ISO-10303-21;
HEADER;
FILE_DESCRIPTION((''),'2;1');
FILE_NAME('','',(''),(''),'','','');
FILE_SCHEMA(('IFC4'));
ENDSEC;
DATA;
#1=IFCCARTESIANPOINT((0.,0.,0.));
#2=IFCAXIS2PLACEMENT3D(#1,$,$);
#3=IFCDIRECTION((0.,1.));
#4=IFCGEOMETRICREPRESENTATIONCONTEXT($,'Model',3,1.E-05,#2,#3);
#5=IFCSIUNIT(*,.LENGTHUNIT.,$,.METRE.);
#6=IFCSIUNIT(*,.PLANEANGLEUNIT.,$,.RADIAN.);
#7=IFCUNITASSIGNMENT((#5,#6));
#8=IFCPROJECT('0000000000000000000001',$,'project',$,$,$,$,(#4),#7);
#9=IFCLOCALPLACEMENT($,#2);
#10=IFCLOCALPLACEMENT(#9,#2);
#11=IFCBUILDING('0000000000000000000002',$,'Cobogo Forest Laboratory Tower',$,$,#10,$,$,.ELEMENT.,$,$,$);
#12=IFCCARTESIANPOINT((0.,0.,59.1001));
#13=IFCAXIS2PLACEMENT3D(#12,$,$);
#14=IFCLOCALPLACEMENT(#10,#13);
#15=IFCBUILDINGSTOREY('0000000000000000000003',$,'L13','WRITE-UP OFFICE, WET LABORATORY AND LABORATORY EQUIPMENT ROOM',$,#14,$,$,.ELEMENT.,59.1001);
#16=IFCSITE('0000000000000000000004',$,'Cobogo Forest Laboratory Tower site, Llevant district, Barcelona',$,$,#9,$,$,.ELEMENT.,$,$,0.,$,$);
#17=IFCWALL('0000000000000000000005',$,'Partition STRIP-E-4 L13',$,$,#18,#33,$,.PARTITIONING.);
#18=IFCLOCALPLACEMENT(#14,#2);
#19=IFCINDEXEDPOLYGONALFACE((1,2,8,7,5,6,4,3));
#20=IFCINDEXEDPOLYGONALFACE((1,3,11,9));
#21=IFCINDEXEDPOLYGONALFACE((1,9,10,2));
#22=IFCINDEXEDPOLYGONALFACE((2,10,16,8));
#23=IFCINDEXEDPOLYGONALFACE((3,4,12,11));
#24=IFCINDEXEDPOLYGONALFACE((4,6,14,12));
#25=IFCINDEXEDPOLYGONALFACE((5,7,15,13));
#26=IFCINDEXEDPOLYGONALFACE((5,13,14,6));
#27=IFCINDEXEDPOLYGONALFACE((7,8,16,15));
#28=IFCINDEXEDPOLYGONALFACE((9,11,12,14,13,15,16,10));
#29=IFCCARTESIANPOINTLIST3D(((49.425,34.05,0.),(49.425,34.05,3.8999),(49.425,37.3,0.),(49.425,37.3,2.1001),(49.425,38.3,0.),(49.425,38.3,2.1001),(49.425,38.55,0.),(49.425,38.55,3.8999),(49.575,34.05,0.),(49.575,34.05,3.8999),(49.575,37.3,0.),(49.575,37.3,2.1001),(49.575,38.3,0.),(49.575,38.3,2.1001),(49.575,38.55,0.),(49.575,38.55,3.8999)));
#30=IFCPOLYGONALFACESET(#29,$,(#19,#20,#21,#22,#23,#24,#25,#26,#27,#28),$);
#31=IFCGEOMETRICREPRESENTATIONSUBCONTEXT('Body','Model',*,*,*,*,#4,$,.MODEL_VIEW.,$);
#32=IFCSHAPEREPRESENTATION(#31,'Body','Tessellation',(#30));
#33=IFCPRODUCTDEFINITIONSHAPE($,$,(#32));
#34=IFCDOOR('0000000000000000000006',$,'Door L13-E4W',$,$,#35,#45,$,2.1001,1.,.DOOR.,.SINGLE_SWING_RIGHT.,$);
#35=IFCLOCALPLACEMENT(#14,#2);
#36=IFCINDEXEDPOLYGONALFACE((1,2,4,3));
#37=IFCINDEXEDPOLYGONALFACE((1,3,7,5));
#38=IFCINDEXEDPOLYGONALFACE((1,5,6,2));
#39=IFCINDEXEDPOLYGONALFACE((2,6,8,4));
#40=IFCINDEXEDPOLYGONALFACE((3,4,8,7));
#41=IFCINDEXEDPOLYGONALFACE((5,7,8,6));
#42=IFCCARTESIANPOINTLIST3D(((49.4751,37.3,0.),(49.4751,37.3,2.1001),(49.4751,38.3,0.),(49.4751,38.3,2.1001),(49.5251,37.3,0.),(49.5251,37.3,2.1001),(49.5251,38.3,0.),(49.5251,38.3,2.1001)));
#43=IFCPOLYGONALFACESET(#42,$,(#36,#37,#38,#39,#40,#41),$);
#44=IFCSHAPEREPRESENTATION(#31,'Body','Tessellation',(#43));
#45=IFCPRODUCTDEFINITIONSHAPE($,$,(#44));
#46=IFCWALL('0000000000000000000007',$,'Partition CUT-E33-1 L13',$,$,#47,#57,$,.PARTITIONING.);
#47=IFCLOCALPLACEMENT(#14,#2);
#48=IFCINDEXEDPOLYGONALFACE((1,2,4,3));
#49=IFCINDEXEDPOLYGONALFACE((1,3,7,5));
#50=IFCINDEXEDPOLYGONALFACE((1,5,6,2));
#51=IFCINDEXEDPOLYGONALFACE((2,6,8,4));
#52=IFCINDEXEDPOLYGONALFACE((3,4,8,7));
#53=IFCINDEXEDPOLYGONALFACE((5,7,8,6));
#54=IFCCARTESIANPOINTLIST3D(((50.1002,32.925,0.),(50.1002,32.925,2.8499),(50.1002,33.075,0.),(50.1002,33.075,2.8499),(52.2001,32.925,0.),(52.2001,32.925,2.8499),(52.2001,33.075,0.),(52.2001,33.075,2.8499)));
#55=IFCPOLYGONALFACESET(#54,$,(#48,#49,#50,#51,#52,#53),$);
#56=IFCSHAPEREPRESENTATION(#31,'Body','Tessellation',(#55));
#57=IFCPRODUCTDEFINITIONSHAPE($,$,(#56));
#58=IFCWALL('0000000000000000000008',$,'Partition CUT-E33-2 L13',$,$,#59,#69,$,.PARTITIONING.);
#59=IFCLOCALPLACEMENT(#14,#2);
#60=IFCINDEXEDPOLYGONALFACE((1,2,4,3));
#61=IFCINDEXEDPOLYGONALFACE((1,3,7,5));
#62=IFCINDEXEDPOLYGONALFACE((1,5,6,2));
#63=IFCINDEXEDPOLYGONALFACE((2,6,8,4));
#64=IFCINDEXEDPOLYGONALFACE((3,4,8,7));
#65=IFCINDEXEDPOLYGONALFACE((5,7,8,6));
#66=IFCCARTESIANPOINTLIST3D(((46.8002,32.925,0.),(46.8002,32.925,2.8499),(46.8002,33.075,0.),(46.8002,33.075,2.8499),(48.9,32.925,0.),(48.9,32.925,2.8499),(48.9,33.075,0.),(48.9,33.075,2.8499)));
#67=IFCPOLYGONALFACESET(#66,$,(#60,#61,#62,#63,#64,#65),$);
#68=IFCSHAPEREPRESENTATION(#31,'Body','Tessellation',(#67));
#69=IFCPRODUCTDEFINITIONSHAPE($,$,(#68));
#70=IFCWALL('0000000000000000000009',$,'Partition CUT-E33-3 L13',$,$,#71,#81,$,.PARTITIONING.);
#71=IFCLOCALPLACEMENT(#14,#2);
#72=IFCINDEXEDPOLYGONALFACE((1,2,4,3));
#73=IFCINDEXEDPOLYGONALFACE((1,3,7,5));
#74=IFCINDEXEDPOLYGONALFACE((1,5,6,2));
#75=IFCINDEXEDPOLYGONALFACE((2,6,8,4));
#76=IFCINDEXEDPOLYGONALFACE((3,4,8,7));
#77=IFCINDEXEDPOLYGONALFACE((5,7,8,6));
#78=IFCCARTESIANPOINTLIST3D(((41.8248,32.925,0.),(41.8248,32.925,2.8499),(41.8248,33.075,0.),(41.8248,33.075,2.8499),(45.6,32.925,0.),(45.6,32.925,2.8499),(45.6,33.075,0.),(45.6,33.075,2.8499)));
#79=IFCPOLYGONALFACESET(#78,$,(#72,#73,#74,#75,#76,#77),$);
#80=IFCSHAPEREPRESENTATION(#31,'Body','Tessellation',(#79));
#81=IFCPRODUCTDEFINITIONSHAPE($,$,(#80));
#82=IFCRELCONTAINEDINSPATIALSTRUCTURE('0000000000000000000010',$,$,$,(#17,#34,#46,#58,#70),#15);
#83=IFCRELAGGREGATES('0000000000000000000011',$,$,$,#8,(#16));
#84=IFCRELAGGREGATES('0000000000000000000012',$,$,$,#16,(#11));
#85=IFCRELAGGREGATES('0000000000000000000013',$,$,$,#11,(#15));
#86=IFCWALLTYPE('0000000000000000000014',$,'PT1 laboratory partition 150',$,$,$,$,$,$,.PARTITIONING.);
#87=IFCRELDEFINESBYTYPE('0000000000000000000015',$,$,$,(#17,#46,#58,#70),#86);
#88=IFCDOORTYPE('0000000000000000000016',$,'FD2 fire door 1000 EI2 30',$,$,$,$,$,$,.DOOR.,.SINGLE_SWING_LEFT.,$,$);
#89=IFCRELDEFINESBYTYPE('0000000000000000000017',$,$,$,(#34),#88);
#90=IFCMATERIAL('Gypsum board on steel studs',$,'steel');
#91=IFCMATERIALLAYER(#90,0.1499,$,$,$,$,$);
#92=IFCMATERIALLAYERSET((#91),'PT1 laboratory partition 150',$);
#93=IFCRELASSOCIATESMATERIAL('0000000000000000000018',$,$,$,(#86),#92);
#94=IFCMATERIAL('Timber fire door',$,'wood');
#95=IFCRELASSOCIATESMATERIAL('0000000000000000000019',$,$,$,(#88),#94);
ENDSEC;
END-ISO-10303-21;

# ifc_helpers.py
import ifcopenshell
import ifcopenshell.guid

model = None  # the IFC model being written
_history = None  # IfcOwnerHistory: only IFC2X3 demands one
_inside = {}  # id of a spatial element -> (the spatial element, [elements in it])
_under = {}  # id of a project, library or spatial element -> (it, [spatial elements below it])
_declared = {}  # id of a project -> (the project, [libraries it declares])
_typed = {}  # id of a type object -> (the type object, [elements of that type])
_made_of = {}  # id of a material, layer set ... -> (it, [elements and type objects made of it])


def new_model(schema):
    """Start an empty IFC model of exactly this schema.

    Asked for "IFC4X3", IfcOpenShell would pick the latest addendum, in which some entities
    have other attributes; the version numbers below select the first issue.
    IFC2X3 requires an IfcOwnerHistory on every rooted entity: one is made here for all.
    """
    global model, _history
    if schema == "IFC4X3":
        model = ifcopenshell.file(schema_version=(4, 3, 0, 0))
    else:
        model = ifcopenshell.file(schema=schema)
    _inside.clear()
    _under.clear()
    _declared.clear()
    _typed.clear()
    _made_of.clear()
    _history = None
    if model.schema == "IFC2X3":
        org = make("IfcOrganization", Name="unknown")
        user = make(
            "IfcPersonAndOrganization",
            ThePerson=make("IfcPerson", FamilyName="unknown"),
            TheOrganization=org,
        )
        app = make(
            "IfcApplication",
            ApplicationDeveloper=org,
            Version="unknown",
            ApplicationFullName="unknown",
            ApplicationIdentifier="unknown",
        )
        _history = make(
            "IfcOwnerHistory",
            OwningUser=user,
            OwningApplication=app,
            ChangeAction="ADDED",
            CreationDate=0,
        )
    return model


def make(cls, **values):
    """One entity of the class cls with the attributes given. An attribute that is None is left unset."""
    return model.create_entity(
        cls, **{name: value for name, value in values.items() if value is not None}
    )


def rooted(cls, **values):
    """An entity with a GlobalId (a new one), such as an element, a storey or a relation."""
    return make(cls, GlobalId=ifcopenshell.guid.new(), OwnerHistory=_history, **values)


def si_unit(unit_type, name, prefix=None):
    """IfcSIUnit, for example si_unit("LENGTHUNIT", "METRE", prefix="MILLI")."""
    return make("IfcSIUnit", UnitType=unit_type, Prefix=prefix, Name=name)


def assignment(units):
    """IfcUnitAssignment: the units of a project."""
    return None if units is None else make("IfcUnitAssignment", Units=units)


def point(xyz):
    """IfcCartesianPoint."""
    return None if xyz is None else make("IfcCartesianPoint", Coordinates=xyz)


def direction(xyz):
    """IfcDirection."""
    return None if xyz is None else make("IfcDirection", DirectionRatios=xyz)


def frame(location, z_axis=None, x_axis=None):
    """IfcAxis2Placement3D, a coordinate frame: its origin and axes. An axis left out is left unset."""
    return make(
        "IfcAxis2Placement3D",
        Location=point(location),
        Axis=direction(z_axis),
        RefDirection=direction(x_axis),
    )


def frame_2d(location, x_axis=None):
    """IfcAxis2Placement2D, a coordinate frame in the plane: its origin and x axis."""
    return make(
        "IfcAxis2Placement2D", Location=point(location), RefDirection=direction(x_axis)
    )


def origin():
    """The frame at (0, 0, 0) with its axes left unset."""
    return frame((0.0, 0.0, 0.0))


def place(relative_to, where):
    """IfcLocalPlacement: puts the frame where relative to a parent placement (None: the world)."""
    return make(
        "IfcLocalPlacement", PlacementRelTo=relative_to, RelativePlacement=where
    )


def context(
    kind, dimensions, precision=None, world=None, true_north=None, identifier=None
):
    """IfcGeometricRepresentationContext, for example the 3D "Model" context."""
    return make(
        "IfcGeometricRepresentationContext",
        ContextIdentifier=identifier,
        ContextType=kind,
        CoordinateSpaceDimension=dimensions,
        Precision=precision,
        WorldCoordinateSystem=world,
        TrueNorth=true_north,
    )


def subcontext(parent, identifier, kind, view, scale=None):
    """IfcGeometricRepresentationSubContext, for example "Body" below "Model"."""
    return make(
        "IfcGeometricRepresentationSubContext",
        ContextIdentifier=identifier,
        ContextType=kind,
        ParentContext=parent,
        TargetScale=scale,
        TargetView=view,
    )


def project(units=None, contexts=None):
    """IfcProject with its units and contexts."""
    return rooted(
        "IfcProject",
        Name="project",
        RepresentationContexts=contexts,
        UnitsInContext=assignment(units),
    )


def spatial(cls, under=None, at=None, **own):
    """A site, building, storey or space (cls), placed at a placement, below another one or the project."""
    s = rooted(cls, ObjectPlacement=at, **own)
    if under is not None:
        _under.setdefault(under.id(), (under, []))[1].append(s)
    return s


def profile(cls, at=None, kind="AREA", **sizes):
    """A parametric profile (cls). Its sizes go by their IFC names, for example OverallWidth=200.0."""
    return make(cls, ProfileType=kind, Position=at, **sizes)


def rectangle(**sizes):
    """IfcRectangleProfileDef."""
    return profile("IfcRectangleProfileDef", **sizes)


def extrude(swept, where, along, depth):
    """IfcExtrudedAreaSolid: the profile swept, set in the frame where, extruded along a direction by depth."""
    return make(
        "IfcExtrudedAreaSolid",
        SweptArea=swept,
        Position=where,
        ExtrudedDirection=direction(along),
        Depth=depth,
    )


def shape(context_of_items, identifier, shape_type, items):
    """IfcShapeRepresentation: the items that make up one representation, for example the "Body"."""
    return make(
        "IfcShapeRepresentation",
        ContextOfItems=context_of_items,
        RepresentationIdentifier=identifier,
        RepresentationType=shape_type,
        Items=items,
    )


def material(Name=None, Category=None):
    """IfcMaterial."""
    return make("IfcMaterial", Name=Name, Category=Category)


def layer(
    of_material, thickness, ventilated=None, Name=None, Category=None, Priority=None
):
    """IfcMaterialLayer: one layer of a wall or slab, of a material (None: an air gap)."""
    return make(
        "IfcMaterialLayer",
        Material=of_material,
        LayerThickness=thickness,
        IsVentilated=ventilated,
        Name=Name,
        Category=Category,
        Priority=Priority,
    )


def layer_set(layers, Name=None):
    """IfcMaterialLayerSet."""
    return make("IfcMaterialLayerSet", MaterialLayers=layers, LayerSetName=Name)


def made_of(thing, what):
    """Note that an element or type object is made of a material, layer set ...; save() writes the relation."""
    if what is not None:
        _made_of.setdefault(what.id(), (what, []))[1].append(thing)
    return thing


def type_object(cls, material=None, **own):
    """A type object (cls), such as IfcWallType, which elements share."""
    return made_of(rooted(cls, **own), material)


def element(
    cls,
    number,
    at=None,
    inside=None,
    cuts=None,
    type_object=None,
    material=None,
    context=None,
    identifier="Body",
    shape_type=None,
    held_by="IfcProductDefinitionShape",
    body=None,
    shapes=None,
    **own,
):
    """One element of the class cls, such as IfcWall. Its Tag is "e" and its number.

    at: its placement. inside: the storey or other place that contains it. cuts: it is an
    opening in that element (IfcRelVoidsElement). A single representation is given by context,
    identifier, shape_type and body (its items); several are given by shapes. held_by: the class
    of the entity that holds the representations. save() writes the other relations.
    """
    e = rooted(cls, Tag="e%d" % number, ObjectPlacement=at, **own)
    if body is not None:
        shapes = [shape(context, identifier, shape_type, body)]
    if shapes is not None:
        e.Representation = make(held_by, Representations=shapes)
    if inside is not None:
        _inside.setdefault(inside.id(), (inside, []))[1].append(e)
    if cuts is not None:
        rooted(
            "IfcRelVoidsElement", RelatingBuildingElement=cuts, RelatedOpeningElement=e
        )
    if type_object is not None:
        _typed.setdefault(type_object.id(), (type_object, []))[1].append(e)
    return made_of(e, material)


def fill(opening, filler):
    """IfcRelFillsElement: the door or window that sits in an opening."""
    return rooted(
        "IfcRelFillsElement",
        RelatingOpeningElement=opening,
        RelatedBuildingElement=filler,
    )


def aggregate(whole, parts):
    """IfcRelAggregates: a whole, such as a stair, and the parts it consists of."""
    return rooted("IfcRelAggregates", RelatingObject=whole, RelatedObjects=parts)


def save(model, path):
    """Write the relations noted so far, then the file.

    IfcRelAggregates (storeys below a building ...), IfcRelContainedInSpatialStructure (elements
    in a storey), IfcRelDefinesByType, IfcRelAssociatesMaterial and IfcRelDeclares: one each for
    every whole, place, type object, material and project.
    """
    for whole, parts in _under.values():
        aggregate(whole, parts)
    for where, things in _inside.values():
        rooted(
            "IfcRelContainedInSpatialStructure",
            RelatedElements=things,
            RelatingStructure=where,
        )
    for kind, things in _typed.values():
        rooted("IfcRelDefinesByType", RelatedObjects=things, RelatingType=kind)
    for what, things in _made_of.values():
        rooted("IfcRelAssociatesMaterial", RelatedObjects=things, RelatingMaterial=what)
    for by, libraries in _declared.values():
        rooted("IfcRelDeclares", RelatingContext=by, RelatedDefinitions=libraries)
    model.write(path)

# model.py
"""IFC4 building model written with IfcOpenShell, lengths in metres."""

from ifc_helpers import new_model, si_unit, direction, frame, frame_2d, origin, place, context, subcontext, project, spatial, rectangle, extrude, material, layer, layer_set, type_object, element, fill, save


model = new_model("IFC4")

# Units and contexts
model_context = context("Model", 3, precision=1e-05, world=origin(), true_north=direction((0.0, 1.0)))
body_context = subcontext(model_context, "Body", "Model", "MODEL_VIEW")
ifc_project = project(units=[si_unit("LENGTHUNIT", "METRE"), si_unit("PLANEANGLEUNIT", "RADIAN")], contexts=[model_context])

# Site, building, storey
site_placement = place(None, origin())
site = spatial("IfcSite", under=ifc_project, at=site_placement, Name="Cobogo Forest Laboratory Tower site, Llevant district, Barcelona", CompositionType="ELEMENT", RefElevation=0.0)
building_placement = place(site_placement, origin())
building = spatial("IfcBuilding", under=site, at=building_placement, Name="Cobogo Forest Laboratory Tower", CompositionType="ELEMENT")
storey_placement = place(building_placement, frame((0.0, 0.0, 59.1001)))
storey = spatial("IfcBuildingStorey", under=building, at=storey_placement, Name="L13", Description="WRITE-UP OFFICE, WET LABORATORY AND LABORATORY EQUIPMENT ROOM", CompositionType="ELEMENT", Elevation=59.1001)

# Wall, opening, door
ifc_material_1 = material(Name="Gypsum board on steel studs", Category="steel")
ifc_layer_1 = layer(ifc_material_1, 0.1499)
ifc_layer_set_1 = layer_set([ifc_layer_1], Name="PT1 laboratory partition 150")
wall_type = type_object("IfcWallType", Name="PT1 laboratory partition 150", PredefinedType="PARTITIONING", material=ifc_layer_set_1)
wall_1_placement = place(storey_placement, frame((49.5, 34.05, 0.0), z_axis=(0.0, 0.0, 1.0), x_axis=(0.0, 1.0, 0.0)))
wall_1 = element("IfcWall", 1, at=wall_1_placement, inside=storey, type_object=wall_type, Name="Partition STRIP-E-4 L13", PredefinedType="PARTITIONING", context=body_context, shape_type="SweptSolid", body=[
    extrude(rectangle(XDim=4.5, YDim=0.1499, at=frame_2d((2.25, 0.0))), origin(), (0.0, 0.0, 1.0), 3.8999),
])
opening_placement = place(wall_1_placement, frame((3.25, 0.0, 0.0)))
opening = element("IfcOpeningElement", 2, at=opening_placement, cuts=wall_1, PredefinedType="OPENING", context=body_context, shape_type="SweptSolid", body=[
    extrude(rectangle(XDim=1.0, YDim=2.1001, at=frame_2d((0.5, 1.05))), frame((0.0, 0.085, 0.0), z_axis=(0.0, -1.0, 0.0), x_axis=(1.0, 0.0, 0.0)), (0.0, 0.0, 1.0), 0.1699),
])
ifc_material_2 = material(Name="Timber fire door", Category="wood")
door_type = type_object("IfcDoorType", Name="FD2 fire door 1000 EI2 30", OperationType="SINGLE_SWING_LEFT", PredefinedType="DOOR", material=ifc_material_2)
door_placement = place(opening_placement, origin())
door = element("IfcDoor", 3, at=door_placement, inside=storey, type_object=door_type, Name="Door L13-E4W", OperationType="SINGLE_SWING_RIGHT", OverallHeight=2.1001, OverallWidth=1.0, PredefinedType="DOOR", context=body_context, shape_type="SweptSolid", body=[
    extrude(rectangle(XDim=1.0, YDim=2.1001, at=frame_2d((0.5, 1.05))), frame((0.0, 0.0249, 0.0), z_axis=(0.0, -1.0, 0.0), x_axis=(1.0, 0.0, 0.0)), (0.0, 0.0, 1.0), 0.05),
])
fill(opening, door)

# Walls
for number, where, z_axis, x_axis, name in (
    (4, (52.2, 33.0, 0.0), (0.0, 0.0, 1.0), (-1.0, 0.0, 0.0), "Partition CUT-E33-1 L13"),
    (5, (48.8999, 33.0, 0.0), (0.0, 0.0, 1.0), (-1.0, 0.0, 0.0), "Partition CUT-E33-2 L13"),
):
    element("IfcWall", number, at=place(storey_placement, frame(where, z_axis=z_axis, x_axis=x_axis)), inside=storey, type_object=wall_type, Name=name, PredefinedType="PARTITIONING", context=body_context, shape_type="SweptSolid", body=[
        extrude(rectangle(XDim=2.0999, YDim=0.1499, at=frame_2d((1.0498, 0.0))), origin(), (0.0, 0.0, 1.0), 2.8499),
    ])
wall_2_placement = place(storey_placement, frame((45.6001, 33.0, 0.0), z_axis=(0.0, 0.0, 1.0), x_axis=(-1.0, 0.0, 0.0)))
element("IfcWall", 6, at=wall_2_placement, inside=storey, type_object=wall_type, Name="Partition CUT-E33-3 L13", PredefinedType="PARTITIONING", context=body_context, shape_type="SweptSolid", body=[
    extrude(rectangle(XDim=3.7751, YDim=0.1499, at=frame_2d((1.8877, 0.0))), origin(), (0.0, 0.0, 1.0), 2.8499),
])

save(model, "model.ifc")
